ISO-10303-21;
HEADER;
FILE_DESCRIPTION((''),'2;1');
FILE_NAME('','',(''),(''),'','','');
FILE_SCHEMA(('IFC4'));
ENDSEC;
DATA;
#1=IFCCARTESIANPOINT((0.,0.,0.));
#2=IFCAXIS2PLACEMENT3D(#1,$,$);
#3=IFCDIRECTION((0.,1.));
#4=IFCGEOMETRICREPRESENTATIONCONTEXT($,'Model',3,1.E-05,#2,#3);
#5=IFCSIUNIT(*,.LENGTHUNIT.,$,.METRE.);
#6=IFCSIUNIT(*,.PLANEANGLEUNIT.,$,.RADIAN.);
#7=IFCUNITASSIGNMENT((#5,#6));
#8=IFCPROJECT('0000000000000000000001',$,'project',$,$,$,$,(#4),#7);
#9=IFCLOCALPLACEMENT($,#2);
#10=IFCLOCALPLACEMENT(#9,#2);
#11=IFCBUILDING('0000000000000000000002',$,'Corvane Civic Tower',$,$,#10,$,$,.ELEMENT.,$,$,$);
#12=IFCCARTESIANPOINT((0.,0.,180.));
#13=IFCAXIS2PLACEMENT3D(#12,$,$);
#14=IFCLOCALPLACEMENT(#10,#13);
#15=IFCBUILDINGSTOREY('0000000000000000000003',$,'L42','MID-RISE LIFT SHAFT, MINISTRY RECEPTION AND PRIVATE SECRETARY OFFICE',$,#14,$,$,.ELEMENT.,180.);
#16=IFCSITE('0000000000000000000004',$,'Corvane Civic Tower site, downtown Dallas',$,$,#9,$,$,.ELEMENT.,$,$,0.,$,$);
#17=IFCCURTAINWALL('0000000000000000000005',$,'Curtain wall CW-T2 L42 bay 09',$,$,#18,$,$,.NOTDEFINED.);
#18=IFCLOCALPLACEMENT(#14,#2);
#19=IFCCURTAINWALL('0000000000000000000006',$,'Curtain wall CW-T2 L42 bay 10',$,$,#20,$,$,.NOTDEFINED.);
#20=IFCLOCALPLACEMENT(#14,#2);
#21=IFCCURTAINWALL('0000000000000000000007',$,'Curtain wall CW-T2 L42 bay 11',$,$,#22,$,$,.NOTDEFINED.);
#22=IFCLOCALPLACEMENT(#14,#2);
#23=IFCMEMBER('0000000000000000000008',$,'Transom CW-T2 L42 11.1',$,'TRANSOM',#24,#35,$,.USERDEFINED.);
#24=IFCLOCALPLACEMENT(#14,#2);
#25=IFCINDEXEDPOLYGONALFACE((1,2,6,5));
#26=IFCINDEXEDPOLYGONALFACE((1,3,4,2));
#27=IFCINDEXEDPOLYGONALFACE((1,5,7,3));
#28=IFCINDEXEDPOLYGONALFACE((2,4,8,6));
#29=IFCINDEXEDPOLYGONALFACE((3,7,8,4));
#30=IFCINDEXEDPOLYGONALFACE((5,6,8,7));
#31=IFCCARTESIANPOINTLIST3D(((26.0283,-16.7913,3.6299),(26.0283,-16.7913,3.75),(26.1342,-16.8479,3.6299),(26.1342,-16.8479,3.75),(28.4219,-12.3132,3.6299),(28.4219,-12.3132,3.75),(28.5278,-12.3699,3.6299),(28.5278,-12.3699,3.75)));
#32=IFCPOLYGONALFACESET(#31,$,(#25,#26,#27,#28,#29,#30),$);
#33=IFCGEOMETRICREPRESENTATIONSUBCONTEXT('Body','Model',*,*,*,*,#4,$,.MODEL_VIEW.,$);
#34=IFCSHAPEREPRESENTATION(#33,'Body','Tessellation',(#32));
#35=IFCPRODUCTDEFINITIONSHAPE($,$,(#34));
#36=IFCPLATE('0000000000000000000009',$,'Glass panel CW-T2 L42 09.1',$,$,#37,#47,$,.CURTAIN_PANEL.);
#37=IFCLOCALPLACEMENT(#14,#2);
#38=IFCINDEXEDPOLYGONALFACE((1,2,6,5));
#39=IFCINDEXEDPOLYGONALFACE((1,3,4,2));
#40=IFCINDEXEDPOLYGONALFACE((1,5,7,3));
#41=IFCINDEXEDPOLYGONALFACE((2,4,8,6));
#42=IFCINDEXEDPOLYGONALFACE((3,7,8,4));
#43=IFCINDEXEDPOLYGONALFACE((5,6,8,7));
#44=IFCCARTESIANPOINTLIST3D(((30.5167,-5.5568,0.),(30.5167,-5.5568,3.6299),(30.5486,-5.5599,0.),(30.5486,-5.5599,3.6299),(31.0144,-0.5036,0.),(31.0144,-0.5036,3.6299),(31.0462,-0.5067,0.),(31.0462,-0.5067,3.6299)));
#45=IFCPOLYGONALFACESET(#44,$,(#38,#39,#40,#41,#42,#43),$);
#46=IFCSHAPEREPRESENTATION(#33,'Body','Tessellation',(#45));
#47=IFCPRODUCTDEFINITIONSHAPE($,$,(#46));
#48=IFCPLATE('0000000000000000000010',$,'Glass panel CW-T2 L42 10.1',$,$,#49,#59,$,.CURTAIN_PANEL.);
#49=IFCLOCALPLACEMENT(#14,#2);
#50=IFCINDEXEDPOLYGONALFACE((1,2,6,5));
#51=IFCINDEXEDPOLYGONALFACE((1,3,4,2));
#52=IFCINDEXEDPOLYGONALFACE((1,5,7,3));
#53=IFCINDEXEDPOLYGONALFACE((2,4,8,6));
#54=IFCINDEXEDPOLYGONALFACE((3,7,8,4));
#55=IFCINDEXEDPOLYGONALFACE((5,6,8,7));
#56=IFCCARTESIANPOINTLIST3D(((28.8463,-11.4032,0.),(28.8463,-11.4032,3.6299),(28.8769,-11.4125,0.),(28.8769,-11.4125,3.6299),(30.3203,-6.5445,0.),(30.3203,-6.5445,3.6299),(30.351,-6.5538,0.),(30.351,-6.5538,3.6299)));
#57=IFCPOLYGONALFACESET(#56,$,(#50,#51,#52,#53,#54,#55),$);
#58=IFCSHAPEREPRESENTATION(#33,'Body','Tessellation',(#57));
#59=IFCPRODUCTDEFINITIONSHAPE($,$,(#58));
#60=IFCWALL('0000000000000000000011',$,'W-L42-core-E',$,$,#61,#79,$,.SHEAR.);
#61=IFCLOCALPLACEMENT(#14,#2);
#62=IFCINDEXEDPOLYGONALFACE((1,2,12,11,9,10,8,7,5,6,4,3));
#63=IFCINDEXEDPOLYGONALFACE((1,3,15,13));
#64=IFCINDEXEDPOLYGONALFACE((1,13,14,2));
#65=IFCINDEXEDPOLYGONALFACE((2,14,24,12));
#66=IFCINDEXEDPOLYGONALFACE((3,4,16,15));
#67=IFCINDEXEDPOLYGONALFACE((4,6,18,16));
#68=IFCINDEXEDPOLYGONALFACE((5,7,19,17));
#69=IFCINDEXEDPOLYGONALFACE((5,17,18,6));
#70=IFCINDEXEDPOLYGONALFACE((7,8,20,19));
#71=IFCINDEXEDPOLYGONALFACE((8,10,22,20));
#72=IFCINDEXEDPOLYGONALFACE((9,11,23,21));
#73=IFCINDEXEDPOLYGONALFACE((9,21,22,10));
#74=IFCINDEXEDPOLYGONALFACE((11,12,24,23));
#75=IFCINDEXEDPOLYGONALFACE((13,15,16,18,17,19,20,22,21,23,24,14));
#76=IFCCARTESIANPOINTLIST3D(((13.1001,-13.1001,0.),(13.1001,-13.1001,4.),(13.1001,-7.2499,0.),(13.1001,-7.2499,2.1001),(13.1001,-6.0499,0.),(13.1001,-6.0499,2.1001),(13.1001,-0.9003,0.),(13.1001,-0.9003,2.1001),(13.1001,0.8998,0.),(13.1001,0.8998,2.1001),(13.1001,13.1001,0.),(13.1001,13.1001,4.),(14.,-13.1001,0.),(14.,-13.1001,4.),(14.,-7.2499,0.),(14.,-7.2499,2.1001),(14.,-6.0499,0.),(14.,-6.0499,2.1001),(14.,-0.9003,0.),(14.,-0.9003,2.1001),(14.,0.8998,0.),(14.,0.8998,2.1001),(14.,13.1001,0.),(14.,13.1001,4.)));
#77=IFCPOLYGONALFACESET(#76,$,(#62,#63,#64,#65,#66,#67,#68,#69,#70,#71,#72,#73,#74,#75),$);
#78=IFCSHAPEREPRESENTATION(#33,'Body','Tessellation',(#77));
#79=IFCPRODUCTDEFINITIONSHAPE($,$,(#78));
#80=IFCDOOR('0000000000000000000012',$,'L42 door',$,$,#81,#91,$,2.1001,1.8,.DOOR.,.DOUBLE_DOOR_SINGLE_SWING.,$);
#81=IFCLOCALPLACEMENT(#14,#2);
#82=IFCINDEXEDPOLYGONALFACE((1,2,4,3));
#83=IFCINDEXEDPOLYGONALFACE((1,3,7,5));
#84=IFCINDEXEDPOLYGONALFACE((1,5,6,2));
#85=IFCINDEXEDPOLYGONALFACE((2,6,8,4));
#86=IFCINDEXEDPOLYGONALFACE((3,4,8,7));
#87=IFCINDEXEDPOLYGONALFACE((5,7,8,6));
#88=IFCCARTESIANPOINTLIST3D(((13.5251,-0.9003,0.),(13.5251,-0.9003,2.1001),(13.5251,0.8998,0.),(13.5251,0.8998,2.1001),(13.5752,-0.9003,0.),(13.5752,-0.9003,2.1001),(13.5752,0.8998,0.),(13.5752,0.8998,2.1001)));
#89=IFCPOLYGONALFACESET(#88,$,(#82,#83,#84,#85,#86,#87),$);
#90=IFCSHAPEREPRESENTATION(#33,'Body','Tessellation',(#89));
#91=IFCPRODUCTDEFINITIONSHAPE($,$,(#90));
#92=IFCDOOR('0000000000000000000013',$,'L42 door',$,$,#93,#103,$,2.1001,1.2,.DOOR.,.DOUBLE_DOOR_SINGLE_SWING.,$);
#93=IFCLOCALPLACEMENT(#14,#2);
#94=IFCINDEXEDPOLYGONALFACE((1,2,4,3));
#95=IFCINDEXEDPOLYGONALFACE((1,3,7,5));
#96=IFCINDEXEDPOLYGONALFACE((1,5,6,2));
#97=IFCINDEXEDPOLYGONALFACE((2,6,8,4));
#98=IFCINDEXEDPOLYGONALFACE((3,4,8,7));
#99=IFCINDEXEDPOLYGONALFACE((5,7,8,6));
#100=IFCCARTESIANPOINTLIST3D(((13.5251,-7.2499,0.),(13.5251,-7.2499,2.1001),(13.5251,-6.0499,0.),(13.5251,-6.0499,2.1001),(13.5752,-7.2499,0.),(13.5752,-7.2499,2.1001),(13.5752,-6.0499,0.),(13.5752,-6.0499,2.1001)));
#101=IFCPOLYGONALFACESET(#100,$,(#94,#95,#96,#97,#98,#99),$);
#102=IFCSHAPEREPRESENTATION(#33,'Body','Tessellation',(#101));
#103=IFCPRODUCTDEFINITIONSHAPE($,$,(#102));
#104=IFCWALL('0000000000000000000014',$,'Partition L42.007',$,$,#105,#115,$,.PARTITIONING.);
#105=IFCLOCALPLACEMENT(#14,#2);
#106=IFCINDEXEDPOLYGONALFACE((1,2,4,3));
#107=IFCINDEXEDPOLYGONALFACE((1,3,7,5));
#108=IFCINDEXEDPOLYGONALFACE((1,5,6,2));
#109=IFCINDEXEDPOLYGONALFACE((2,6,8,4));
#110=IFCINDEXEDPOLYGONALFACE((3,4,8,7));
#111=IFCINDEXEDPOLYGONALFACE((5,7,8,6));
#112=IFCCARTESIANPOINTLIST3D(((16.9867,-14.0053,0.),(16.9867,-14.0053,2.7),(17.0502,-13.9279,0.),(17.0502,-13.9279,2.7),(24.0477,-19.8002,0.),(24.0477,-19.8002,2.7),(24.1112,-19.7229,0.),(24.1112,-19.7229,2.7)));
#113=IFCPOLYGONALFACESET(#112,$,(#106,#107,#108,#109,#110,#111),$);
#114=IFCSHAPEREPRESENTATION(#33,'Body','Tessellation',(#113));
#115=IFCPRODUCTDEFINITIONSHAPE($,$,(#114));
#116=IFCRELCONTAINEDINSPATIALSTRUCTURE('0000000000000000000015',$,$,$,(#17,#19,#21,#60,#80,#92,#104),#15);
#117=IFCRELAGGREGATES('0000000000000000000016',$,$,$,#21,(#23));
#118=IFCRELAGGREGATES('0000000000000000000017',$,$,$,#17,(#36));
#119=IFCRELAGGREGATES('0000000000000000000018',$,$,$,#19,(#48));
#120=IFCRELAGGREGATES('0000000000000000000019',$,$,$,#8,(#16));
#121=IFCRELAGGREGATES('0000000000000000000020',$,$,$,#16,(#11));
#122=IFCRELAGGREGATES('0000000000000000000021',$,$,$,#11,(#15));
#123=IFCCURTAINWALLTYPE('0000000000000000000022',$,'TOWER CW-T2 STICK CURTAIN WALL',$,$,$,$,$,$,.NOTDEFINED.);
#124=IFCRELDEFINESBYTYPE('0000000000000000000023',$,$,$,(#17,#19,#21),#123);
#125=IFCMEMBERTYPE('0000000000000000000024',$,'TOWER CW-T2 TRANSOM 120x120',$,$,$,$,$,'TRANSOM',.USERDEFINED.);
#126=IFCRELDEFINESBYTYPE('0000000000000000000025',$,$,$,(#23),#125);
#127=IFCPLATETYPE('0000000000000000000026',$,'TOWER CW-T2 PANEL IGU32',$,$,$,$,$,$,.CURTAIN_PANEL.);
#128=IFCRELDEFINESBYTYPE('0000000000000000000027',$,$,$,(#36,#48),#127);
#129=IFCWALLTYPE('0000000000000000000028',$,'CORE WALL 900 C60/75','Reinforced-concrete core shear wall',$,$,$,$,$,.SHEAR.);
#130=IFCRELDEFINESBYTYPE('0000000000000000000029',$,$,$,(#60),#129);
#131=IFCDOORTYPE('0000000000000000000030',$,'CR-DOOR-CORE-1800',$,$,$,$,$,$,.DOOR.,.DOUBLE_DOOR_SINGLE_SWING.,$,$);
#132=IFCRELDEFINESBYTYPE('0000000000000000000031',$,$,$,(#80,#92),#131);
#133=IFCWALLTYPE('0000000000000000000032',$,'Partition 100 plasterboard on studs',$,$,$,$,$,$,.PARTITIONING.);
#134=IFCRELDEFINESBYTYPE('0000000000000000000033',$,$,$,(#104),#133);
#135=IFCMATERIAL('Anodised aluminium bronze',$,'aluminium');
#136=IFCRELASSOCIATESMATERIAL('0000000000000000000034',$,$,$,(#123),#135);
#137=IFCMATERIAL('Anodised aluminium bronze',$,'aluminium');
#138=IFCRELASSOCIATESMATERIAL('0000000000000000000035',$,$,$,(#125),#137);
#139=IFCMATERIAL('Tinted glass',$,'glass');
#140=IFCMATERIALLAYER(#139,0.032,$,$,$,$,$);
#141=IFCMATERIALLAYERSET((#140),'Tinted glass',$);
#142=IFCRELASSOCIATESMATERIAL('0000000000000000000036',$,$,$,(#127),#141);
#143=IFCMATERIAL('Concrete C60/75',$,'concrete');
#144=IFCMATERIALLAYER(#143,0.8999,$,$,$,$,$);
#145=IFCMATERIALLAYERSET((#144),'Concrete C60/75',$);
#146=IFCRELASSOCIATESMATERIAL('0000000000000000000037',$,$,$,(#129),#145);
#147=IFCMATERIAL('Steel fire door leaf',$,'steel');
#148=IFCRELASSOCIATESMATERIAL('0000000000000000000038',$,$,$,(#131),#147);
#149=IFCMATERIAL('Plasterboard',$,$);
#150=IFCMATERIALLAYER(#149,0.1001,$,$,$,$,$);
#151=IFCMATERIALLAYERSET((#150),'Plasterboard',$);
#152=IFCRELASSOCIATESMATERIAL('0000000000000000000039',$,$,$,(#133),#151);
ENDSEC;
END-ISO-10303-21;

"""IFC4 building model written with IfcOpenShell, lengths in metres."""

from ifc_helpers import new_model, si_unit, direction, frame, frame_2d, origin, origin_2d, place, context, subcontext, project, spatial, rectangle, extrude, material, layer, layer_set, material_profile, profile_set, type_object, element, fill, aggregate, save


model = new_model("IFC4")

# Units and contexts
model_context = context("Model", 3, precision=1e-05, world=origin(), true_north=direction((0.0, 1.0)))
body_context = subcontext(model_context, "Body", "Model", "MODEL_VIEW")
ifc_project = project(units=[si_unit("LENGTHUNIT", "METRE"), si_unit("PLANEANGLEUNIT", "RADIAN")], contexts=[model_context])

# Site, building, storey
site_placement = place(None, origin())
site = spatial("IfcSite", under=ifc_project, at=site_placement, Name="Corvane Civic Tower site, downtown Dallas", CompositionType="ELEMENT", RefElevation=0.0)
building_placement = place(site_placement, origin())
building = spatial("IfcBuilding", under=site, at=building_placement, Name="Corvane Civic Tower", CompositionType="ELEMENT")
storey_placement = place(building_placement, frame((0.0, 0.0, 180.0)))
storey = spatial("IfcBuildingStorey", under=building, at=storey_placement, Name="L42", Description="MID-RISE LIFT SHAFT, MINISTRY RECEPTION AND PRIVATE SECRETARY OFFICE", CompositionType="ELEMENT", Elevation=180.0)

# Curtain walls, member
ifc_material_1 = material(Name="Anodised aluminium bronze", Category="aluminium")
curtain_wall_type = type_object("IfcCurtainWallType", Name="TOWER CW-T2 STICK CURTAIN WALL", PredefinedType="NOTDEFINED", material=ifc_material_1)
curtain_wall_1_placement = place(storey_placement, origin())
curtain_wall_1 = element("IfcCurtainWall", 1, at=curtain_wall_1_placement, inside=storey, type_object=curtain_wall_type, Name="Curtain wall CW-T2 L42 bay 09", PredefinedType="NOTDEFINED")
ifc_material_2 = material(Name="Anodised aluminium bronze", Category="aluminium")
ifc_material_profile_1 = material_profile(ifc_material_2, rectangle(XDim=0.1201, YDim=0.1201, at=origin_2d()), Name="TOWER CW-T2 TRANSOM 120x120")
ifc_profile_set_1 = profile_set([ifc_material_profile_1], Name="Anodised aluminium bronze")
member_type = type_object("IfcMemberType", Name="TOWER CW-T2 TRANSOM 120x120", ElementType="TRANSOM", PredefinedType="USERDEFINED", material=ifc_profile_set_1)
curtain_wall_2_placement = place(storey_placement, origin())
curtain_wall_2 = element("IfcCurtainWall", 2, at=curtain_wall_2_placement, inside=storey, type_object=curtain_wall_type, Name="Curtain wall CW-T2 L42 bay 10", PredefinedType="NOTDEFINED")
curtain_wall_3_placement = place(storey_placement, origin())
curtain_wall_3 = element("IfcCurtainWall", 3, at=curtain_wall_3_placement, inside=storey, type_object=curtain_wall_type, Name="Curtain wall CW-T2 L42 bay 11", PredefinedType="NOTDEFINED")
member_1_placement = place(storey_placement, frame((28.4749, -12.3416, 3.6899), z_axis=(-0.471397, -0.881921, 0.0), x_axis=(0.881921, -0.471397, 0.0)))
member_1 = element("IfcMember", 4, at=member_1_placement, type_object=member_type, Name="Transom CW-T2 L42 11.1", ObjectType="TRANSOM", PredefinedType="USERDEFINED", context=body_context, shape_type="SweptSolid", body=[
    extrude(rectangle(XDim=0.1201, YDim=0.1201, at=origin_2d()), origin(), (0.0, 0.0, 1.0), 5.0776),
])
aggregate(curtain_wall_3, [member_1])

# Plates
ifc_material_3 = material(Name="Tinted glass", Category="glass")
ifc_layer_1 = layer(ifc_material_3, 0.032)
ifc_layer_set_1 = layer_set([ifc_layer_1], Name="Tinted glass")
plate_type = type_object("IfcPlateType", Name="TOWER CW-T2 PANEL IGU32", PredefinedType="CURTAIN_PANEL", material=ifc_layer_set_1)
plate_1_placement = place(storey_placement, frame((30.7815, -3.0317, 0.0), z_axis=(0.0, 0.0, 1.0), x_axis=(-0.098012, -0.995185, 0.0)))
plate_1 = element("IfcPlate", 5, at=plate_1_placement, type_object=plate_type, Name="Glass panel CW-T2 L42 09.1", PredefinedType="CURTAIN_PANEL", context=body_context, shape_type="SweptSolid", body=[
    extrude(rectangle(XDim=5.0776, YDim=0.032, at=origin_2d()), origin(), (0.0, 0.0, 1.0), 3.6299),
])
aggregate(curtain_wall_1, [plate_1])
plate_2_placement = place(storey_placement, frame((29.5986, -8.9785, 0.0), z_axis=(0.0, 0.0, 1.0), x_axis=(-0.290313, -0.956932, 0.0)))
plate_2 = element("IfcPlate", 6, at=plate_2_placement, type_object=plate_type, Name="Glass panel CW-T2 L42 10.1", PredefinedType="CURTAIN_PANEL", context=body_context, shape_type="SweptSolid", body=[
    extrude(rectangle(XDim=5.0774, YDim=0.032, at=origin_2d()), origin(), (0.0, 0.0, 1.0), 3.6299),
])
aggregate(curtain_wall_2, [plate_2])

# Wall, openings, doors
ifc_material_4 = material(Name="Concrete C60/75", Category="concrete")
ifc_layer_2 = layer(ifc_material_4, 0.8999)
ifc_layer_set_2 = layer_set([ifc_layer_2], Name="Concrete C60/75")
wall_type_1 = type_object("IfcWallType", Name="CORE WALL 900 C60/75", Description="Reinforced-concrete core shear wall", PredefinedType="SHEAR", material=ifc_layer_set_2)
wall_1_placement = place(storey_placement, frame((13.55, -13.1001, 0.0), z_axis=(0.0, 0.0, 1.0), x_axis=(0.0, 1.0, 0.0)))
wall_1 = element("IfcWall", 7, at=wall_1_placement, inside=storey, type_object=wall_type_1, Name="W-L42-core-E", PredefinedType="SHEAR", context=body_context, shape_type="SweptSolid", body=[
    extrude(rectangle(XDim=26.2002, YDim=0.8999, at=frame_2d((13.1001, 0.0))), origin(), (0.0, 0.0, 1.0), 4.0),
])
opening_1_placement = place(wall_1_placement, frame((12.2, 0.0, 0.0)))
opening_1 = element("IfcOpeningElement", 8, at=opening_1_placement, cuts=wall_1, PredefinedType="OPENING", context=body_context, shape_type="SweptSolid", body=[
    extrude(rectangle(XDim=1.8, YDim=2.1001, at=frame_2d((0.8999, 1.05))), frame((0.0, 0.46, 0.0), z_axis=(0.0, -1.0, 0.0), x_axis=(1.0, 0.0, 0.0)), (0.0, 0.0, 1.0), 0.9199),
])
opening_2_placement = place(wall_1_placement, frame((5.8501, 0.0, 0.0)))
opening_2 = element("IfcOpeningElement", 9, at=opening_2_placement, cuts=wall_1, PredefinedType="OPENING", context=body_context, shape_type="SweptSolid", body=[
    extrude(rectangle(XDim=1.2, YDim=2.1001, at=frame_2d((0.6001, 1.05))), frame((0.0, 0.46, 0.0), z_axis=(0.0, -1.0, 0.0), x_axis=(1.0, 0.0, 0.0)), (0.0, 0.0, 1.0), 0.9199),
])
ifc_material_5 = material(Name="Steel fire door leaf", Category="steel")
door_type_1 = type_object("IfcDoorType", Name="CR-DOOR-CORE-1800", OperationType="DOUBLE_DOOR_SINGLE_SWING", PredefinedType="DOOR", material=ifc_material_5)
door_1_placement = place(opening_1_placement, origin())
door_1 = element("IfcDoor", 10, at=door_1_placement, inside=storey, type_object=door_type_1, Name="L42 door", OperationType="DOUBLE_DOOR_SINGLE_SWING", OverallHeight=2.1001, OverallWidth=1.8, PredefinedType="DOOR", context=body_context, shape_type="SweptSolid", body=[
    extrude(rectangle(XDim=1.8, YDim=2.1001, at=frame_2d((0.8999, 1.05))), frame((0.0, 0.0249, 0.0), z_axis=(0.0, -1.0, 0.0), x_axis=(1.0, 0.0, 0.0)), (0.0, 0.0, 1.0), 0.05),
])
fill(opening_1, door_1)
door_2_placement = place(opening_2_placement, origin())
door_2 = element("IfcDoor", 11, at=door_2_placement, inside=storey, type_object=door_type_1, Name="L42 door", OperationType="DOUBLE_DOOR_SINGLE_SWING", OverallHeight=2.1001, OverallWidth=1.2, PredefinedType="DOOR", context=body_context, shape_type="SweptSolid", body=[
    extrude(rectangle(XDim=1.2, YDim=2.1001, at=frame_2d((0.6001, 1.05))), frame((0.0, 0.0249, 0.0), z_axis=(0.0, -1.0, 0.0), x_axis=(1.0, 0.0, 0.0)), (0.0, 0.0, 1.0), 0.05),
])
fill(opening_2, door_2)

# Wall
ifc_material_6 = material(Name="Plasterboard")
ifc_layer_3 = layer(ifc_material_6, 0.1001)
ifc_layer_set_3 = layer_set([ifc_layer_3], Name="Plasterboard")
wall_type_2 = type_object("IfcWallType", Name="Partition 100 plasterboard on studs", PredefinedType="PARTITIONING", material=ifc_layer_set_3)
wall_2_placement = place(storey_placement, frame((17.0183, -13.9666, 0.0), z_axis=(0.0, 0.0, 1.0), x_axis=(0.773006, -0.634399, 0.0)))
element("IfcWall", 12, at=wall_2_placement, inside=storey, type_object=wall_type_2, Name="Partition L42.007", PredefinedType="PARTITIONING", context=body_context, shape_type="SweptSolid", body=[
    extrude(rectangle(XDim=9.1345, YDim=0.1001, at=frame_2d((4.5674, 0.0))), origin(), (0.0, 0.0, 1.0), 2.7),
])

save(model, "model.ifc")
